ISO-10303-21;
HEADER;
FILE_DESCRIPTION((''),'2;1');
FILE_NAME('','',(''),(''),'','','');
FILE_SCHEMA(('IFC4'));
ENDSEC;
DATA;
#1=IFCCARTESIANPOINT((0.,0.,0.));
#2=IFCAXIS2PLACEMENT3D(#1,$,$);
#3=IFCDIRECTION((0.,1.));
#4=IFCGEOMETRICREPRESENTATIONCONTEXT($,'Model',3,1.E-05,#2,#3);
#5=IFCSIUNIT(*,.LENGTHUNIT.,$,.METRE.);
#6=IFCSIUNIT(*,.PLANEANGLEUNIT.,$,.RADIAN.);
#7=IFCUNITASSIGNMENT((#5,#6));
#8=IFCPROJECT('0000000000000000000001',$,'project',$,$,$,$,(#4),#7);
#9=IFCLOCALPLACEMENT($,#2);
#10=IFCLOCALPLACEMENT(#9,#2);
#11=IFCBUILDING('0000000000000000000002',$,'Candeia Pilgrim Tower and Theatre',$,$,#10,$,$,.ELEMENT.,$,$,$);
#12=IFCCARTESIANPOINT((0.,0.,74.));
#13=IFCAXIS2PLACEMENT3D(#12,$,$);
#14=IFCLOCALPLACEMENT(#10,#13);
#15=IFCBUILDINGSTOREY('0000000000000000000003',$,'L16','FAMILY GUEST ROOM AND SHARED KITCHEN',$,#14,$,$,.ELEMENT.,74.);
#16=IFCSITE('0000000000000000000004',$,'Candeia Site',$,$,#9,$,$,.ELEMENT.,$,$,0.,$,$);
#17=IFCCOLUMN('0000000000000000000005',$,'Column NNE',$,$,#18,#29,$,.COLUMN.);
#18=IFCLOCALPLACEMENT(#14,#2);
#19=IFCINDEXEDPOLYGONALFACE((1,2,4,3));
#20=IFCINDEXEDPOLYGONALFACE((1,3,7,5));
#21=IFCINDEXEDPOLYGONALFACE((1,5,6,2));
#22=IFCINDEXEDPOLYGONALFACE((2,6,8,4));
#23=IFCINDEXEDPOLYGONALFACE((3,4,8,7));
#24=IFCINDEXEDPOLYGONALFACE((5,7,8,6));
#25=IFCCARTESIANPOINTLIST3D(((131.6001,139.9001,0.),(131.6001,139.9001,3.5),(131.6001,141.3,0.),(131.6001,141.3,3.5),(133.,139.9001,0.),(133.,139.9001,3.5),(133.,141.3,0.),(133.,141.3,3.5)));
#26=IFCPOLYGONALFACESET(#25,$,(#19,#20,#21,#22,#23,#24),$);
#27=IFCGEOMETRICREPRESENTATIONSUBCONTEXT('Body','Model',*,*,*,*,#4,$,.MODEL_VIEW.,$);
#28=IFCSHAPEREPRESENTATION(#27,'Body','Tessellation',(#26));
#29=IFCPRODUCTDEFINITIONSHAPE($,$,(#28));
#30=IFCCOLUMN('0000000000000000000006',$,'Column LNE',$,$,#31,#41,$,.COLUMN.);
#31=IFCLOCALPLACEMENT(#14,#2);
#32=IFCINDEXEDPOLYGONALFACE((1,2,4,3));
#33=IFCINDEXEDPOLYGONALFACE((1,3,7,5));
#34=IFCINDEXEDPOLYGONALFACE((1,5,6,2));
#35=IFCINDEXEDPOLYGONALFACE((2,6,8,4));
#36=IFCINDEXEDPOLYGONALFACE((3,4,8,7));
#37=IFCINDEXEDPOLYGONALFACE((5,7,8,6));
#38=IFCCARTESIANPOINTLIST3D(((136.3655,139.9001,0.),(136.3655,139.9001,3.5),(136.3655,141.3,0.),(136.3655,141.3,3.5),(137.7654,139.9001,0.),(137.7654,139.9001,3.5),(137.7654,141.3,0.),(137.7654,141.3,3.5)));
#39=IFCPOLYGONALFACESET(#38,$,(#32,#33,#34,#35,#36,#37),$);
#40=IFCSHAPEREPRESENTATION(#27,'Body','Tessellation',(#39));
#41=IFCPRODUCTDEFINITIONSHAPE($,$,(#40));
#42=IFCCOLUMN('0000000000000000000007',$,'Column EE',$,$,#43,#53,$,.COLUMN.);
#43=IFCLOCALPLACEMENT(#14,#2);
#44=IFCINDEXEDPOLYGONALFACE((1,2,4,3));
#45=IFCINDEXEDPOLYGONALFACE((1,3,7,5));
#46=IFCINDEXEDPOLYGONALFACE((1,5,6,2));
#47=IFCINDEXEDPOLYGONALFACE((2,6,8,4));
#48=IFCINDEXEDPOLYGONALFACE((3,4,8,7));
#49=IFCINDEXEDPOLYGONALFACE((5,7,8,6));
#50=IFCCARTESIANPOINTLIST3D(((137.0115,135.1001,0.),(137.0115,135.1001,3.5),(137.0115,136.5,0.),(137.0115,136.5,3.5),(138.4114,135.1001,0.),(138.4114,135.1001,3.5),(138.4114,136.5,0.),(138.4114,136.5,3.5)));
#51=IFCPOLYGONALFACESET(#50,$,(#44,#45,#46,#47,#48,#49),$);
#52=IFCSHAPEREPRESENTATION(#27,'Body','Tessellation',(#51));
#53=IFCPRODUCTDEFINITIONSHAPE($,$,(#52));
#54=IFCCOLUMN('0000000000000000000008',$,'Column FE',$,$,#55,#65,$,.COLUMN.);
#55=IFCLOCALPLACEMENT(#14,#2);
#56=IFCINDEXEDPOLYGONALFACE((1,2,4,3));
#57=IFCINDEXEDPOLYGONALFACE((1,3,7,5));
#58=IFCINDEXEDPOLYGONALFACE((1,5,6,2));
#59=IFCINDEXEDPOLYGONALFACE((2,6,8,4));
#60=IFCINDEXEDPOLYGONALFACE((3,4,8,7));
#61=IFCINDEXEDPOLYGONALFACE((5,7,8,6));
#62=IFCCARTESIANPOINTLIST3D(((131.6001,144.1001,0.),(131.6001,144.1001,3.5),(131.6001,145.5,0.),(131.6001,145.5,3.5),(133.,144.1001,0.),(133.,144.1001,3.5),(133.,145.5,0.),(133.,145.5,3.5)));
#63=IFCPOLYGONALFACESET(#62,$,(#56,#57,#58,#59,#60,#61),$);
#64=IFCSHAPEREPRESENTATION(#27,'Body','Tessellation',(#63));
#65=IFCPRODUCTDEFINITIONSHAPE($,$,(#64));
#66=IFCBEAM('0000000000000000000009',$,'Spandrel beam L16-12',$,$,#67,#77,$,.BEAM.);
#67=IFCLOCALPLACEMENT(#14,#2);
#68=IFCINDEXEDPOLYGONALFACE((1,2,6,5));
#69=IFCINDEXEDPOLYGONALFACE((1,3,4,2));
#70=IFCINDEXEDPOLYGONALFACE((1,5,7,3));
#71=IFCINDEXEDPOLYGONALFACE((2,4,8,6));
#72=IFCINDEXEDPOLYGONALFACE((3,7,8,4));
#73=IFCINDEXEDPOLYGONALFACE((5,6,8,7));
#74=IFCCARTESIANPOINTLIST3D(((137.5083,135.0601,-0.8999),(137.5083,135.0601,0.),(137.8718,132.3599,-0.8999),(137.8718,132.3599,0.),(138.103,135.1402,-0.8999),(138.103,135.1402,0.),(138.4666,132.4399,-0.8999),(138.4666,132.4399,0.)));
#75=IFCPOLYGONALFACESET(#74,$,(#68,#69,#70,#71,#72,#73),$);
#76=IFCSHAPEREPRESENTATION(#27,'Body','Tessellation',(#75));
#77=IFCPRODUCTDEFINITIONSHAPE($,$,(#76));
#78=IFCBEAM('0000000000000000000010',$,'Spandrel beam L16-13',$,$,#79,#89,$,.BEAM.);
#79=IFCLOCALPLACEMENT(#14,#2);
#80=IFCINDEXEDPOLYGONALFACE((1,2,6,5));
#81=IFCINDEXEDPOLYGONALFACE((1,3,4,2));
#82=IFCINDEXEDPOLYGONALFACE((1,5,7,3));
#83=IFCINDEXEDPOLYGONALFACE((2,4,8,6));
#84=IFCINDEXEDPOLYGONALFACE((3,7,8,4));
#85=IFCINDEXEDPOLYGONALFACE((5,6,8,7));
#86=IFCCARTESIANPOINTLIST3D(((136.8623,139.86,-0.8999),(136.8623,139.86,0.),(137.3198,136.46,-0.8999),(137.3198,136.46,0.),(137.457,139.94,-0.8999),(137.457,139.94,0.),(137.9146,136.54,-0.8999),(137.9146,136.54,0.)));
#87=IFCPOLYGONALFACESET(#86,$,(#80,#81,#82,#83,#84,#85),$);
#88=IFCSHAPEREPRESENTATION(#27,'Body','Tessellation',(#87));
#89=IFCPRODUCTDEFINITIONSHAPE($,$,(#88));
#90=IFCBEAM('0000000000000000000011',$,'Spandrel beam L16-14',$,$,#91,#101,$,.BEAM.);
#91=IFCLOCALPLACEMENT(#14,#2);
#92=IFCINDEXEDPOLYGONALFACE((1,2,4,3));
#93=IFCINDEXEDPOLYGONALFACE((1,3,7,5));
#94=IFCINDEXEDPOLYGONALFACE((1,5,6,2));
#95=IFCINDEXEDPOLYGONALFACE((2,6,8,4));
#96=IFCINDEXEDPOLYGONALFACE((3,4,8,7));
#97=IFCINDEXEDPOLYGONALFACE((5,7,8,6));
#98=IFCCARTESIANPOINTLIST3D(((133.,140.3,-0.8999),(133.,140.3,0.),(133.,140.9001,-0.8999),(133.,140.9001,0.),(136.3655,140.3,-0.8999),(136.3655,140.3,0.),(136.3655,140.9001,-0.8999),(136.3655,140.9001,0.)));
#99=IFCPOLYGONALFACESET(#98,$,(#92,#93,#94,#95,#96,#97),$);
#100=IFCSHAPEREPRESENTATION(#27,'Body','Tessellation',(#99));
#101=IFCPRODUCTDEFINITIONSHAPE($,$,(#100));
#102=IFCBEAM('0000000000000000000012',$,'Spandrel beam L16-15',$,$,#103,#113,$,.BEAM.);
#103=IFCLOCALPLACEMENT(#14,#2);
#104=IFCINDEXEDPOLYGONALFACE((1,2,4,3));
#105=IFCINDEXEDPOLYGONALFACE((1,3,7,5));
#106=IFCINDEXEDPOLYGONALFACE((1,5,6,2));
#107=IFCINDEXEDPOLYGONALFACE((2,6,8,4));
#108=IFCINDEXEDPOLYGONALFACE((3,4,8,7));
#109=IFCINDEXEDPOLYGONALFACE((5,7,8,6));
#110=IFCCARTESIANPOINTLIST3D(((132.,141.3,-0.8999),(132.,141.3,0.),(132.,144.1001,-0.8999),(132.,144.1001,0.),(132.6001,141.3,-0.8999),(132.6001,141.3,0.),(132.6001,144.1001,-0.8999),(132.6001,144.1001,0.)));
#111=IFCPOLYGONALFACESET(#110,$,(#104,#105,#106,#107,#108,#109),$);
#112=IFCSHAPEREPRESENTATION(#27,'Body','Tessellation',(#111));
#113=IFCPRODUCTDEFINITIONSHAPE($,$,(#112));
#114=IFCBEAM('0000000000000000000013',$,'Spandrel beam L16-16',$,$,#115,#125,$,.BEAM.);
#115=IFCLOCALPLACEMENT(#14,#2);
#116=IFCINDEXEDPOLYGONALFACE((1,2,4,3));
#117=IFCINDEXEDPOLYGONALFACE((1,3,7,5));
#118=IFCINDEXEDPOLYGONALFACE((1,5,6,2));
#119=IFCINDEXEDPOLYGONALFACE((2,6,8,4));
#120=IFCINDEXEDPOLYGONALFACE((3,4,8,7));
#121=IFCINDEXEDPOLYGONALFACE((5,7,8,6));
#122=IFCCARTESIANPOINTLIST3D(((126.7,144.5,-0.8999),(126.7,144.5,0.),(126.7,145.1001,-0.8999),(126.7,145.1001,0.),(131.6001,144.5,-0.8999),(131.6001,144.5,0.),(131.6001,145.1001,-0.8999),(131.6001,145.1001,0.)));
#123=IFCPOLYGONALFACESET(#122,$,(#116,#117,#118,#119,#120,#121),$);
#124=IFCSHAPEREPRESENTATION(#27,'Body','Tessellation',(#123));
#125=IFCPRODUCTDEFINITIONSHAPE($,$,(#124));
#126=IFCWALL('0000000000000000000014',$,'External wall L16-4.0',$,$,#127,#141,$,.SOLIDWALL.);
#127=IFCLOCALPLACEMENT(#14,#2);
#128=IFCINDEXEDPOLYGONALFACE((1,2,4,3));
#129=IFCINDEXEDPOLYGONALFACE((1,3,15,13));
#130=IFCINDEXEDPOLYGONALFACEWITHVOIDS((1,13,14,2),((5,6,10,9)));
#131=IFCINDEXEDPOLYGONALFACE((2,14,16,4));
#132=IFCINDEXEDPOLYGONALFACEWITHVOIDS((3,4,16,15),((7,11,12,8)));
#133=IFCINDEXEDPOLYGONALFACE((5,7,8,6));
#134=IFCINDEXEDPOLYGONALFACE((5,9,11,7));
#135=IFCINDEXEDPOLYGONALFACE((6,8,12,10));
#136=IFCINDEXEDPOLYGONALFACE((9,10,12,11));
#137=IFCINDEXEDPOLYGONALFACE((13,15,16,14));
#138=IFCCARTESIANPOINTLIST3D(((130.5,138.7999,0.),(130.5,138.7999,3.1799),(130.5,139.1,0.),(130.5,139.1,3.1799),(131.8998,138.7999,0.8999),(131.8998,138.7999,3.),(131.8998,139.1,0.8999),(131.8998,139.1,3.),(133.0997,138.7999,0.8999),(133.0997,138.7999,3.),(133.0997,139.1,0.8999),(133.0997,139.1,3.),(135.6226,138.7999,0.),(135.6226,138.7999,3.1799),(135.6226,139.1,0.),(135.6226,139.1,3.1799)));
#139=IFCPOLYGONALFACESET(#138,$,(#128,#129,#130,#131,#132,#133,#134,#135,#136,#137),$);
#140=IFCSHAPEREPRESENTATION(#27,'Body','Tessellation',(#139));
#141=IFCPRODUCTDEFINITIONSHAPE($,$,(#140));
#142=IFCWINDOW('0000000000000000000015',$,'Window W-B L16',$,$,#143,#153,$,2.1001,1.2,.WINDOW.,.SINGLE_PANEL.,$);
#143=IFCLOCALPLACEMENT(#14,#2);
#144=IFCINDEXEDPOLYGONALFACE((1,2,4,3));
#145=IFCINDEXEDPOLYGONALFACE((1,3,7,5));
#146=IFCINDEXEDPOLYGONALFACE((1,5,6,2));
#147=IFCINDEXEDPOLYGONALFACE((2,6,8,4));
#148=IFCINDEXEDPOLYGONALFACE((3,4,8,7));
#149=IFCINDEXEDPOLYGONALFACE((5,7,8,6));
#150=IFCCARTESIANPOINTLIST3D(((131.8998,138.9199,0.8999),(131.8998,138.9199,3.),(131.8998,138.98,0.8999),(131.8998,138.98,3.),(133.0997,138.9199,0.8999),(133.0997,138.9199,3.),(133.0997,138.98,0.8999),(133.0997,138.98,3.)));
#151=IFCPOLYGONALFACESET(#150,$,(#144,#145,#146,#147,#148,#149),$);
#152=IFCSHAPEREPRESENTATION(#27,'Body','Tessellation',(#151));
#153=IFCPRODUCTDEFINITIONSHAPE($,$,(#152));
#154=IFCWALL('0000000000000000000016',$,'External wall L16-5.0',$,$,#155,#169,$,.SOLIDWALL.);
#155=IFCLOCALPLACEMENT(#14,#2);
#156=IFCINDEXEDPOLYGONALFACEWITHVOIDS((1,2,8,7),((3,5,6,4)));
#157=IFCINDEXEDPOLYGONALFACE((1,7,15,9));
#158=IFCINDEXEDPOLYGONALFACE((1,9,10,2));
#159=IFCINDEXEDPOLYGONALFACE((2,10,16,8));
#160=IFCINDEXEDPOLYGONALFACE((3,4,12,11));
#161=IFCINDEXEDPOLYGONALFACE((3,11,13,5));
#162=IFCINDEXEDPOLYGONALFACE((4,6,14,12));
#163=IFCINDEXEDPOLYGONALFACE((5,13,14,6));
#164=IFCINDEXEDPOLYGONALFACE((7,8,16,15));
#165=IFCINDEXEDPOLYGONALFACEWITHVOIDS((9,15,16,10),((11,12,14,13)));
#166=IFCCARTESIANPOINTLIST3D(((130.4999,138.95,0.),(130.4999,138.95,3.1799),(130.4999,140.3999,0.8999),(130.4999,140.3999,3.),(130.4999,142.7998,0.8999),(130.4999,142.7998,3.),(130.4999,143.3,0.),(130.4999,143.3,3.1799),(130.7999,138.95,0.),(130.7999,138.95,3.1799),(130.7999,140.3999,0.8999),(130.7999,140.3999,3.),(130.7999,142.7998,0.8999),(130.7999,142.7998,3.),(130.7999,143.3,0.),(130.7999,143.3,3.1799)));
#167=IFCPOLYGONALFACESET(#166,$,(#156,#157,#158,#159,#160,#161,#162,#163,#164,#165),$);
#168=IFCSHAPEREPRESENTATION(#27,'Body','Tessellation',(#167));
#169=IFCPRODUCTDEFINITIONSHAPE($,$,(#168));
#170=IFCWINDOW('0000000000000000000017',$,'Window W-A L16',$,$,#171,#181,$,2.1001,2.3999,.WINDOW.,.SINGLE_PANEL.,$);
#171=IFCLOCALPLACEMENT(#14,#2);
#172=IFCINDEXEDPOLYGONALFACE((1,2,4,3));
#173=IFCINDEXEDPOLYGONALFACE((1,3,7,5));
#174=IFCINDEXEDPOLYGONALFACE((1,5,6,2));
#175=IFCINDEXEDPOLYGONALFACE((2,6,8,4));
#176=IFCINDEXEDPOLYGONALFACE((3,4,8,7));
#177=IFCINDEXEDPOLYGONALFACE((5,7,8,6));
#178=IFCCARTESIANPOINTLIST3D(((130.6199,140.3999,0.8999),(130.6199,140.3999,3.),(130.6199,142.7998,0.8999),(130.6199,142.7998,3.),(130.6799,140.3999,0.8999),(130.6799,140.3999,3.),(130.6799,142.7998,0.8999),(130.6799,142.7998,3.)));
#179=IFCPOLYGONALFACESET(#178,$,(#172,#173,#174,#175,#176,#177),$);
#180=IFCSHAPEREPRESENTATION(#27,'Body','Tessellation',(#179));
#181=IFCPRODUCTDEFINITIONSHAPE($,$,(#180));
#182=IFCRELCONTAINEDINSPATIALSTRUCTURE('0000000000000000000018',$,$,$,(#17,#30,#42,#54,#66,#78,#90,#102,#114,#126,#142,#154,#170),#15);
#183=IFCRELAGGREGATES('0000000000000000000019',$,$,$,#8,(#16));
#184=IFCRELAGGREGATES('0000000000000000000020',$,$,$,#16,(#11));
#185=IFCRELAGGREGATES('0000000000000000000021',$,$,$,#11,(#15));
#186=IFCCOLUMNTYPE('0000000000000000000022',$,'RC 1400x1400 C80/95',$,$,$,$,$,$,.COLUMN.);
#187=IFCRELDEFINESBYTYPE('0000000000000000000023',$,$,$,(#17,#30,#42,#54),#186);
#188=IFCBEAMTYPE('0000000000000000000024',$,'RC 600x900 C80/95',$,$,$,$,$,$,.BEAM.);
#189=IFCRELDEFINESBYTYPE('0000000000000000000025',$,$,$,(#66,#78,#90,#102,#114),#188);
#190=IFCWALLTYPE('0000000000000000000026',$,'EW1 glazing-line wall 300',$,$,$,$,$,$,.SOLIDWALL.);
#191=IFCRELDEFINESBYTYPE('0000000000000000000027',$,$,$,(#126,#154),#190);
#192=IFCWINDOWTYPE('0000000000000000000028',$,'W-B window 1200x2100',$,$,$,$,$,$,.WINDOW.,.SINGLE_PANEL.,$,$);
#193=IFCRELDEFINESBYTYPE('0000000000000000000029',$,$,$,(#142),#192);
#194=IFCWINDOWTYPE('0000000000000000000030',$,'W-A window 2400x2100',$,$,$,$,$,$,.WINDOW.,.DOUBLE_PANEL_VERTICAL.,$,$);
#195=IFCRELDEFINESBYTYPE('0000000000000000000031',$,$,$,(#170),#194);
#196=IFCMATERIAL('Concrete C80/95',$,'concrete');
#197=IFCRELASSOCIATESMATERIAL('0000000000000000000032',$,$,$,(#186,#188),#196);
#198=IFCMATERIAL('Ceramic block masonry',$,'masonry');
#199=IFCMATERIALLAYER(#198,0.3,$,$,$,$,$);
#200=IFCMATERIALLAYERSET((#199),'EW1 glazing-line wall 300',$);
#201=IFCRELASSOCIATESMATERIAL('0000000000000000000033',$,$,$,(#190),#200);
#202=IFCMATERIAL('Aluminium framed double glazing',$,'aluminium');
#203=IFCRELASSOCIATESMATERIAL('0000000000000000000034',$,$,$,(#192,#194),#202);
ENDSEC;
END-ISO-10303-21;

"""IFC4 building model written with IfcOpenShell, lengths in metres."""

from ifc_helpers import new_model, si_unit, direction, frame, frame_2d, origin, origin_2d, place, context, subcontext, project, spatial, rectangle, extrude, material, layer, layer_set, material_profile, profile_set, type_object, element, fill, save


model = new_model("IFC4")

# Units and contexts
model_context = context("Model", 3, precision=1e-05, world=origin(), true_north=direction((0.0, 1.0)))
body_context = subcontext(model_context, "Body", "Model", "MODEL_VIEW")
ifc_project = project(units=[si_unit("LENGTHUNIT", "METRE"), si_unit("PLANEANGLEUNIT", "RADIAN")], contexts=[model_context])

# Site, building, storey
site_placement = place(None, origin())
site = spatial("IfcSite", under=ifc_project, at=site_placement, Name="Candeia Site", CompositionType="ELEMENT", RefElevation=0.0)
building_placement = place(site_placement, origin())
building = spatial("IfcBuilding", under=site, at=building_placement, Name="Candeia Pilgrim Tower and Theatre", CompositionType="ELEMENT")
storey_placement = place(building_placement, frame((0.0, 0.0, 74.0)))
storey = spatial("IfcBuildingStorey", under=building, at=storey_placement, Name="L16", Description="FAMILY GUEST ROOM AND SHARED KITCHEN", CompositionType="ELEMENT", Elevation=74.0)

# Columns
ifc_material_1 = material(Name="Concrete C80/95", Category="concrete")
ifc_material_profile_1 = material_profile(ifc_material_1, rectangle(XDim=1.3999, YDim=1.3999, at=origin_2d()))
ifc_profile_set_1 = profile_set([ifc_material_profile_1], Name="Concrete C80/95")
column_type = type_object("IfcColumnType", Name="RC 1400x1400 C80/95", PredefinedType="COLUMN", material=ifc_profile_set_1)
for number, where, z_axis, x_axis, name in (
    (1, (132.3, 140.6001, 0.0), (0.0, 0.0, 1.0), (1.0, 0.0, 0.0), "Column NNE"),
    (2, (137.0654, 140.6001, 0.0), (0.0, 0.0, 1.0), (1.0, 0.0, 0.0), "Column LNE"),
    (3, (137.7114, 135.8, 0.0), (0.0, 0.0, 1.0), (1.0, 0.0, 0.0), "Column EE"),
    (4, (132.3, 144.8, 0.0), (0.0, 0.0, 1.0), (1.0, 0.0, 0.0), "Column FE"),
):
    element("IfcColumn", number, at=place(storey_placement, frame(where, z_axis=z_axis, x_axis=x_axis)), inside=storey, type_object=column_type, Name=name, PredefinedType="COLUMN", context=body_context, shape_type="SweptSolid", body=[
        extrude(rectangle(XDim=1.3999, YDim=1.3999, at=origin_2d()), origin(), (0.0, 0.0, 1.0), 3.5),
    ])

# Beams
ifc_material_profile_2 = material_profile(ifc_material_1, rectangle(XDim=0.6001, YDim=0.8999, at=origin_2d()))
ifc_profile_set_2 = profile_set([ifc_material_profile_2], Name="Concrete C80/95")
beam_type = type_object("IfcBeamType", Name="RC 600x900 C80/95", PredefinedType="BEAM", material=ifc_profile_set_2)
beam_1_placement = place(storey_placement, frame((138.1692, 132.3999, -0.45), z_axis=(-0.133426, 0.991059, 0.0), x_axis=(-0.991059, -0.133426, 0.0)))
element("IfcBeam", 5, at=beam_1_placement, inside=storey, type_object=beam_type, Name="Spandrel beam L16-12", PredefinedType="BEAM", context=body_context, shape_type="SweptSolid", body=[
    extrude(rectangle(XDim=0.6001, YDim=0.8999, at=origin_2d()), origin(), (0.0, 0.0, 1.0), 2.7246),
])
beam_2_placement = place(storey_placement, frame((137.6172, 136.5, -0.45), z_axis=(-0.133366, 0.991067, 0.0), x_axis=(-0.991067, -0.133366, 0.0)))
element("IfcBeam", 6, at=beam_2_placement, inside=storey, type_object=beam_type, Name="Spandrel beam L16-13", PredefinedType="BEAM", context=body_context, shape_type="SweptSolid", body=[
    extrude(rectangle(XDim=0.6001, YDim=0.8999, at=origin_2d()), origin(), (0.0, 0.0, 1.0), 3.4307),
])
beam_3_placement = place(storey_placement, frame((136.3655, 140.6001, -0.45), z_axis=(-1.0, 0.0, 0.0), x_axis=(0.0, -1.0, 0.0)))
element("IfcBeam", 7, at=beam_3_placement, inside=storey, type_object=beam_type, Name="Spandrel beam L16-14", PredefinedType="BEAM", context=body_context, shape_type="SweptSolid", body=[
    extrude(rectangle(XDim=0.6001, YDim=0.8999, at=origin_2d()), origin(), (0.0, 0.0, 1.0), 3.3655),
])
beam_4_placement = place(storey_placement, frame((132.3, 141.3, -0.45), z_axis=(0.0, 1.0, 0.0), x_axis=(-1.0, 0.0, 0.0)))
element("IfcBeam", 8, at=beam_4_placement, inside=storey, type_object=beam_type, Name="Spandrel beam L16-15", PredefinedType="BEAM", context=body_context, shape_type="SweptSolid", body=[
    extrude(rectangle(XDim=0.6001, YDim=0.8999, at=origin_2d()), origin(), (0.0, 0.0, 1.0), 2.8),
])
beam_5_placement = place(storey_placement, frame((131.6001, 144.8, -0.45), z_axis=(-1.0, 0.0, 0.0), x_axis=(0.0, -1.0, 0.0)))
element("IfcBeam", 9, at=beam_5_placement, inside=storey, type_object=beam_type, Name="Spandrel beam L16-16", PredefinedType="BEAM", context=body_context, shape_type="SweptSolid", body=[
    extrude(rectangle(XDim=0.6001, YDim=0.8999, at=origin_2d()), origin(), (0.0, 0.0, 1.0), 4.9001),
])

# Walls, openings, windows
ifc_material_2 = material(Name="Ceramic block masonry", Category="masonry")
ifc_layer_1 = layer(ifc_material_2, 0.3)
ifc_layer_set_1 = layer_set([ifc_layer_1], Name="EW1 glazing-line wall 300")
wall_type_1 = type_object("IfcWallType", Name="EW1 glazing-line wall 300", PredefinedType="SOLIDWALL", material=ifc_layer_set_1)
wall_1_placement = place(storey_placement, frame((135.6226, 138.95, 0.0), z_axis=(0.0, 0.0, 1.0), x_axis=(-1.0, 0.0, 0.0)))
wall_1 = element("IfcWall", 10, at=wall_1_placement, inside=storey, type_object=wall_type_1, Name="External wall L16-4.0", PredefinedType="SOLIDWALL", context=body_context, shape_type="SweptSolid", body=[
    extrude(rectangle(XDim=5.1226, YDim=0.3, at=frame_2d((2.5613, 0.0))), origin(), (0.0, 0.0, 1.0), 3.1799),
])
opening_1_placement = place(wall_1_placement, frame((2.5227, 0.0, 0.8999)))
opening_1 = element("IfcOpeningElement", 11, at=opening_1_placement, cuts=wall_1, PredefinedType="OPENING", context=body_context, shape_type="SweptSolid", body=[
    extrude(rectangle(XDim=1.2, YDim=2.1001, at=frame_2d((0.6001, 1.05))), frame((0.0, 0.1602, 0.0), z_axis=(0.0, -1.0, 0.0), x_axis=(1.0, 0.0, 0.0)), (0.0, 0.0, 1.0), 0.3201),
])
ifc_material_3 = material(Name="Aluminium framed double glazing", Category="aluminium")
window_type_1 = type_object("IfcWindowType", Name="W-B window 1200x2100", PartitioningType="SINGLE_PANEL", PredefinedType="WINDOW", material=ifc_material_3)
window_1_placement = place(opening_1_placement, origin())
window_1 = element("IfcWindow", 12, at=window_1_placement, inside=storey, type_object=window_type_1, Name="Window W-B L16", OverallHeight=2.1001, OverallWidth=1.2, PartitioningType="SINGLE_PANEL", PredefinedType="WINDOW", context=body_context, shape_type="SweptSolid", body=[
    extrude(rectangle(XDim=1.2, YDim=2.1001, at=frame_2d((0.6001, 1.05))), frame((0.0, 0.03, 0.0), z_axis=(0.0, -1.0, 0.0), x_axis=(1.0, 0.0, 0.0)), (0.0, 0.0, 1.0), 0.0601),
])
fill(opening_1, window_1)
wall_2_placement = place(storey_placement, frame((130.6499, 138.95, 0.0), z_axis=(0.0, 0.0, 1.0), x_axis=(0.0, 1.0, 0.0)))
wall_2 = element("IfcWall", 13, at=wall_2_placement, inside=storey, type_object=wall_type_1, Name="External wall L16-5.0", PredefinedType="SOLIDWALL", context=body_context, shape_type="SweptSolid", body=[
    extrude(rectangle(XDim=4.3501, YDim=0.3, at=frame_2d((2.175, 0.0))), origin(), (0.0, 0.0, 1.0), 3.1799),
])
opening_2_placement = place(wall_2_placement, frame((1.45, 0.0, 0.8999)))
opening_2 = element("IfcOpeningElement", 14, at=opening_2_placement, cuts=wall_2, PredefinedType="OPENING", context=body_context, shape_type="SweptSolid", body=[
    extrude(rectangle(XDim=2.3999, YDim=2.1001, at=frame_2d((1.2, 1.05))), frame((0.0, 0.1602, 0.0), z_axis=(0.0, -1.0, 0.0), x_axis=(1.0, 0.0, 0.0)), (0.0, 0.0, 1.0), 0.3201),
])
window_type_2 = type_object("IfcWindowType", Name="W-A window 2400x2100", PartitioningType="DOUBLE_PANEL_VERTICAL", PredefinedType="WINDOW", material=ifc_material_3)
window_2_placement = place(opening_2_placement, origin())
window_2 = element("IfcWindow", 15, at=window_2_placement, inside=storey, type_object=window_type_2, Name="Window W-A L16", OverallHeight=2.1001, OverallWidth=2.3999, PartitioningType="SINGLE_PANEL", PredefinedType="WINDOW", context=body_context, shape_type="SweptSolid", body=[
    extrude(rectangle(XDim=2.3999, YDim=2.1001, at=frame_2d((1.2, 1.05))), frame((0.0, 0.03, 0.0), z_axis=(0.0, -1.0, 0.0), x_axis=(1.0, 0.0, 0.0)), (0.0, 0.0, 1.0), 0.0601),
])
fill(opening_2, window_2)

save(model, "model.ifc")
